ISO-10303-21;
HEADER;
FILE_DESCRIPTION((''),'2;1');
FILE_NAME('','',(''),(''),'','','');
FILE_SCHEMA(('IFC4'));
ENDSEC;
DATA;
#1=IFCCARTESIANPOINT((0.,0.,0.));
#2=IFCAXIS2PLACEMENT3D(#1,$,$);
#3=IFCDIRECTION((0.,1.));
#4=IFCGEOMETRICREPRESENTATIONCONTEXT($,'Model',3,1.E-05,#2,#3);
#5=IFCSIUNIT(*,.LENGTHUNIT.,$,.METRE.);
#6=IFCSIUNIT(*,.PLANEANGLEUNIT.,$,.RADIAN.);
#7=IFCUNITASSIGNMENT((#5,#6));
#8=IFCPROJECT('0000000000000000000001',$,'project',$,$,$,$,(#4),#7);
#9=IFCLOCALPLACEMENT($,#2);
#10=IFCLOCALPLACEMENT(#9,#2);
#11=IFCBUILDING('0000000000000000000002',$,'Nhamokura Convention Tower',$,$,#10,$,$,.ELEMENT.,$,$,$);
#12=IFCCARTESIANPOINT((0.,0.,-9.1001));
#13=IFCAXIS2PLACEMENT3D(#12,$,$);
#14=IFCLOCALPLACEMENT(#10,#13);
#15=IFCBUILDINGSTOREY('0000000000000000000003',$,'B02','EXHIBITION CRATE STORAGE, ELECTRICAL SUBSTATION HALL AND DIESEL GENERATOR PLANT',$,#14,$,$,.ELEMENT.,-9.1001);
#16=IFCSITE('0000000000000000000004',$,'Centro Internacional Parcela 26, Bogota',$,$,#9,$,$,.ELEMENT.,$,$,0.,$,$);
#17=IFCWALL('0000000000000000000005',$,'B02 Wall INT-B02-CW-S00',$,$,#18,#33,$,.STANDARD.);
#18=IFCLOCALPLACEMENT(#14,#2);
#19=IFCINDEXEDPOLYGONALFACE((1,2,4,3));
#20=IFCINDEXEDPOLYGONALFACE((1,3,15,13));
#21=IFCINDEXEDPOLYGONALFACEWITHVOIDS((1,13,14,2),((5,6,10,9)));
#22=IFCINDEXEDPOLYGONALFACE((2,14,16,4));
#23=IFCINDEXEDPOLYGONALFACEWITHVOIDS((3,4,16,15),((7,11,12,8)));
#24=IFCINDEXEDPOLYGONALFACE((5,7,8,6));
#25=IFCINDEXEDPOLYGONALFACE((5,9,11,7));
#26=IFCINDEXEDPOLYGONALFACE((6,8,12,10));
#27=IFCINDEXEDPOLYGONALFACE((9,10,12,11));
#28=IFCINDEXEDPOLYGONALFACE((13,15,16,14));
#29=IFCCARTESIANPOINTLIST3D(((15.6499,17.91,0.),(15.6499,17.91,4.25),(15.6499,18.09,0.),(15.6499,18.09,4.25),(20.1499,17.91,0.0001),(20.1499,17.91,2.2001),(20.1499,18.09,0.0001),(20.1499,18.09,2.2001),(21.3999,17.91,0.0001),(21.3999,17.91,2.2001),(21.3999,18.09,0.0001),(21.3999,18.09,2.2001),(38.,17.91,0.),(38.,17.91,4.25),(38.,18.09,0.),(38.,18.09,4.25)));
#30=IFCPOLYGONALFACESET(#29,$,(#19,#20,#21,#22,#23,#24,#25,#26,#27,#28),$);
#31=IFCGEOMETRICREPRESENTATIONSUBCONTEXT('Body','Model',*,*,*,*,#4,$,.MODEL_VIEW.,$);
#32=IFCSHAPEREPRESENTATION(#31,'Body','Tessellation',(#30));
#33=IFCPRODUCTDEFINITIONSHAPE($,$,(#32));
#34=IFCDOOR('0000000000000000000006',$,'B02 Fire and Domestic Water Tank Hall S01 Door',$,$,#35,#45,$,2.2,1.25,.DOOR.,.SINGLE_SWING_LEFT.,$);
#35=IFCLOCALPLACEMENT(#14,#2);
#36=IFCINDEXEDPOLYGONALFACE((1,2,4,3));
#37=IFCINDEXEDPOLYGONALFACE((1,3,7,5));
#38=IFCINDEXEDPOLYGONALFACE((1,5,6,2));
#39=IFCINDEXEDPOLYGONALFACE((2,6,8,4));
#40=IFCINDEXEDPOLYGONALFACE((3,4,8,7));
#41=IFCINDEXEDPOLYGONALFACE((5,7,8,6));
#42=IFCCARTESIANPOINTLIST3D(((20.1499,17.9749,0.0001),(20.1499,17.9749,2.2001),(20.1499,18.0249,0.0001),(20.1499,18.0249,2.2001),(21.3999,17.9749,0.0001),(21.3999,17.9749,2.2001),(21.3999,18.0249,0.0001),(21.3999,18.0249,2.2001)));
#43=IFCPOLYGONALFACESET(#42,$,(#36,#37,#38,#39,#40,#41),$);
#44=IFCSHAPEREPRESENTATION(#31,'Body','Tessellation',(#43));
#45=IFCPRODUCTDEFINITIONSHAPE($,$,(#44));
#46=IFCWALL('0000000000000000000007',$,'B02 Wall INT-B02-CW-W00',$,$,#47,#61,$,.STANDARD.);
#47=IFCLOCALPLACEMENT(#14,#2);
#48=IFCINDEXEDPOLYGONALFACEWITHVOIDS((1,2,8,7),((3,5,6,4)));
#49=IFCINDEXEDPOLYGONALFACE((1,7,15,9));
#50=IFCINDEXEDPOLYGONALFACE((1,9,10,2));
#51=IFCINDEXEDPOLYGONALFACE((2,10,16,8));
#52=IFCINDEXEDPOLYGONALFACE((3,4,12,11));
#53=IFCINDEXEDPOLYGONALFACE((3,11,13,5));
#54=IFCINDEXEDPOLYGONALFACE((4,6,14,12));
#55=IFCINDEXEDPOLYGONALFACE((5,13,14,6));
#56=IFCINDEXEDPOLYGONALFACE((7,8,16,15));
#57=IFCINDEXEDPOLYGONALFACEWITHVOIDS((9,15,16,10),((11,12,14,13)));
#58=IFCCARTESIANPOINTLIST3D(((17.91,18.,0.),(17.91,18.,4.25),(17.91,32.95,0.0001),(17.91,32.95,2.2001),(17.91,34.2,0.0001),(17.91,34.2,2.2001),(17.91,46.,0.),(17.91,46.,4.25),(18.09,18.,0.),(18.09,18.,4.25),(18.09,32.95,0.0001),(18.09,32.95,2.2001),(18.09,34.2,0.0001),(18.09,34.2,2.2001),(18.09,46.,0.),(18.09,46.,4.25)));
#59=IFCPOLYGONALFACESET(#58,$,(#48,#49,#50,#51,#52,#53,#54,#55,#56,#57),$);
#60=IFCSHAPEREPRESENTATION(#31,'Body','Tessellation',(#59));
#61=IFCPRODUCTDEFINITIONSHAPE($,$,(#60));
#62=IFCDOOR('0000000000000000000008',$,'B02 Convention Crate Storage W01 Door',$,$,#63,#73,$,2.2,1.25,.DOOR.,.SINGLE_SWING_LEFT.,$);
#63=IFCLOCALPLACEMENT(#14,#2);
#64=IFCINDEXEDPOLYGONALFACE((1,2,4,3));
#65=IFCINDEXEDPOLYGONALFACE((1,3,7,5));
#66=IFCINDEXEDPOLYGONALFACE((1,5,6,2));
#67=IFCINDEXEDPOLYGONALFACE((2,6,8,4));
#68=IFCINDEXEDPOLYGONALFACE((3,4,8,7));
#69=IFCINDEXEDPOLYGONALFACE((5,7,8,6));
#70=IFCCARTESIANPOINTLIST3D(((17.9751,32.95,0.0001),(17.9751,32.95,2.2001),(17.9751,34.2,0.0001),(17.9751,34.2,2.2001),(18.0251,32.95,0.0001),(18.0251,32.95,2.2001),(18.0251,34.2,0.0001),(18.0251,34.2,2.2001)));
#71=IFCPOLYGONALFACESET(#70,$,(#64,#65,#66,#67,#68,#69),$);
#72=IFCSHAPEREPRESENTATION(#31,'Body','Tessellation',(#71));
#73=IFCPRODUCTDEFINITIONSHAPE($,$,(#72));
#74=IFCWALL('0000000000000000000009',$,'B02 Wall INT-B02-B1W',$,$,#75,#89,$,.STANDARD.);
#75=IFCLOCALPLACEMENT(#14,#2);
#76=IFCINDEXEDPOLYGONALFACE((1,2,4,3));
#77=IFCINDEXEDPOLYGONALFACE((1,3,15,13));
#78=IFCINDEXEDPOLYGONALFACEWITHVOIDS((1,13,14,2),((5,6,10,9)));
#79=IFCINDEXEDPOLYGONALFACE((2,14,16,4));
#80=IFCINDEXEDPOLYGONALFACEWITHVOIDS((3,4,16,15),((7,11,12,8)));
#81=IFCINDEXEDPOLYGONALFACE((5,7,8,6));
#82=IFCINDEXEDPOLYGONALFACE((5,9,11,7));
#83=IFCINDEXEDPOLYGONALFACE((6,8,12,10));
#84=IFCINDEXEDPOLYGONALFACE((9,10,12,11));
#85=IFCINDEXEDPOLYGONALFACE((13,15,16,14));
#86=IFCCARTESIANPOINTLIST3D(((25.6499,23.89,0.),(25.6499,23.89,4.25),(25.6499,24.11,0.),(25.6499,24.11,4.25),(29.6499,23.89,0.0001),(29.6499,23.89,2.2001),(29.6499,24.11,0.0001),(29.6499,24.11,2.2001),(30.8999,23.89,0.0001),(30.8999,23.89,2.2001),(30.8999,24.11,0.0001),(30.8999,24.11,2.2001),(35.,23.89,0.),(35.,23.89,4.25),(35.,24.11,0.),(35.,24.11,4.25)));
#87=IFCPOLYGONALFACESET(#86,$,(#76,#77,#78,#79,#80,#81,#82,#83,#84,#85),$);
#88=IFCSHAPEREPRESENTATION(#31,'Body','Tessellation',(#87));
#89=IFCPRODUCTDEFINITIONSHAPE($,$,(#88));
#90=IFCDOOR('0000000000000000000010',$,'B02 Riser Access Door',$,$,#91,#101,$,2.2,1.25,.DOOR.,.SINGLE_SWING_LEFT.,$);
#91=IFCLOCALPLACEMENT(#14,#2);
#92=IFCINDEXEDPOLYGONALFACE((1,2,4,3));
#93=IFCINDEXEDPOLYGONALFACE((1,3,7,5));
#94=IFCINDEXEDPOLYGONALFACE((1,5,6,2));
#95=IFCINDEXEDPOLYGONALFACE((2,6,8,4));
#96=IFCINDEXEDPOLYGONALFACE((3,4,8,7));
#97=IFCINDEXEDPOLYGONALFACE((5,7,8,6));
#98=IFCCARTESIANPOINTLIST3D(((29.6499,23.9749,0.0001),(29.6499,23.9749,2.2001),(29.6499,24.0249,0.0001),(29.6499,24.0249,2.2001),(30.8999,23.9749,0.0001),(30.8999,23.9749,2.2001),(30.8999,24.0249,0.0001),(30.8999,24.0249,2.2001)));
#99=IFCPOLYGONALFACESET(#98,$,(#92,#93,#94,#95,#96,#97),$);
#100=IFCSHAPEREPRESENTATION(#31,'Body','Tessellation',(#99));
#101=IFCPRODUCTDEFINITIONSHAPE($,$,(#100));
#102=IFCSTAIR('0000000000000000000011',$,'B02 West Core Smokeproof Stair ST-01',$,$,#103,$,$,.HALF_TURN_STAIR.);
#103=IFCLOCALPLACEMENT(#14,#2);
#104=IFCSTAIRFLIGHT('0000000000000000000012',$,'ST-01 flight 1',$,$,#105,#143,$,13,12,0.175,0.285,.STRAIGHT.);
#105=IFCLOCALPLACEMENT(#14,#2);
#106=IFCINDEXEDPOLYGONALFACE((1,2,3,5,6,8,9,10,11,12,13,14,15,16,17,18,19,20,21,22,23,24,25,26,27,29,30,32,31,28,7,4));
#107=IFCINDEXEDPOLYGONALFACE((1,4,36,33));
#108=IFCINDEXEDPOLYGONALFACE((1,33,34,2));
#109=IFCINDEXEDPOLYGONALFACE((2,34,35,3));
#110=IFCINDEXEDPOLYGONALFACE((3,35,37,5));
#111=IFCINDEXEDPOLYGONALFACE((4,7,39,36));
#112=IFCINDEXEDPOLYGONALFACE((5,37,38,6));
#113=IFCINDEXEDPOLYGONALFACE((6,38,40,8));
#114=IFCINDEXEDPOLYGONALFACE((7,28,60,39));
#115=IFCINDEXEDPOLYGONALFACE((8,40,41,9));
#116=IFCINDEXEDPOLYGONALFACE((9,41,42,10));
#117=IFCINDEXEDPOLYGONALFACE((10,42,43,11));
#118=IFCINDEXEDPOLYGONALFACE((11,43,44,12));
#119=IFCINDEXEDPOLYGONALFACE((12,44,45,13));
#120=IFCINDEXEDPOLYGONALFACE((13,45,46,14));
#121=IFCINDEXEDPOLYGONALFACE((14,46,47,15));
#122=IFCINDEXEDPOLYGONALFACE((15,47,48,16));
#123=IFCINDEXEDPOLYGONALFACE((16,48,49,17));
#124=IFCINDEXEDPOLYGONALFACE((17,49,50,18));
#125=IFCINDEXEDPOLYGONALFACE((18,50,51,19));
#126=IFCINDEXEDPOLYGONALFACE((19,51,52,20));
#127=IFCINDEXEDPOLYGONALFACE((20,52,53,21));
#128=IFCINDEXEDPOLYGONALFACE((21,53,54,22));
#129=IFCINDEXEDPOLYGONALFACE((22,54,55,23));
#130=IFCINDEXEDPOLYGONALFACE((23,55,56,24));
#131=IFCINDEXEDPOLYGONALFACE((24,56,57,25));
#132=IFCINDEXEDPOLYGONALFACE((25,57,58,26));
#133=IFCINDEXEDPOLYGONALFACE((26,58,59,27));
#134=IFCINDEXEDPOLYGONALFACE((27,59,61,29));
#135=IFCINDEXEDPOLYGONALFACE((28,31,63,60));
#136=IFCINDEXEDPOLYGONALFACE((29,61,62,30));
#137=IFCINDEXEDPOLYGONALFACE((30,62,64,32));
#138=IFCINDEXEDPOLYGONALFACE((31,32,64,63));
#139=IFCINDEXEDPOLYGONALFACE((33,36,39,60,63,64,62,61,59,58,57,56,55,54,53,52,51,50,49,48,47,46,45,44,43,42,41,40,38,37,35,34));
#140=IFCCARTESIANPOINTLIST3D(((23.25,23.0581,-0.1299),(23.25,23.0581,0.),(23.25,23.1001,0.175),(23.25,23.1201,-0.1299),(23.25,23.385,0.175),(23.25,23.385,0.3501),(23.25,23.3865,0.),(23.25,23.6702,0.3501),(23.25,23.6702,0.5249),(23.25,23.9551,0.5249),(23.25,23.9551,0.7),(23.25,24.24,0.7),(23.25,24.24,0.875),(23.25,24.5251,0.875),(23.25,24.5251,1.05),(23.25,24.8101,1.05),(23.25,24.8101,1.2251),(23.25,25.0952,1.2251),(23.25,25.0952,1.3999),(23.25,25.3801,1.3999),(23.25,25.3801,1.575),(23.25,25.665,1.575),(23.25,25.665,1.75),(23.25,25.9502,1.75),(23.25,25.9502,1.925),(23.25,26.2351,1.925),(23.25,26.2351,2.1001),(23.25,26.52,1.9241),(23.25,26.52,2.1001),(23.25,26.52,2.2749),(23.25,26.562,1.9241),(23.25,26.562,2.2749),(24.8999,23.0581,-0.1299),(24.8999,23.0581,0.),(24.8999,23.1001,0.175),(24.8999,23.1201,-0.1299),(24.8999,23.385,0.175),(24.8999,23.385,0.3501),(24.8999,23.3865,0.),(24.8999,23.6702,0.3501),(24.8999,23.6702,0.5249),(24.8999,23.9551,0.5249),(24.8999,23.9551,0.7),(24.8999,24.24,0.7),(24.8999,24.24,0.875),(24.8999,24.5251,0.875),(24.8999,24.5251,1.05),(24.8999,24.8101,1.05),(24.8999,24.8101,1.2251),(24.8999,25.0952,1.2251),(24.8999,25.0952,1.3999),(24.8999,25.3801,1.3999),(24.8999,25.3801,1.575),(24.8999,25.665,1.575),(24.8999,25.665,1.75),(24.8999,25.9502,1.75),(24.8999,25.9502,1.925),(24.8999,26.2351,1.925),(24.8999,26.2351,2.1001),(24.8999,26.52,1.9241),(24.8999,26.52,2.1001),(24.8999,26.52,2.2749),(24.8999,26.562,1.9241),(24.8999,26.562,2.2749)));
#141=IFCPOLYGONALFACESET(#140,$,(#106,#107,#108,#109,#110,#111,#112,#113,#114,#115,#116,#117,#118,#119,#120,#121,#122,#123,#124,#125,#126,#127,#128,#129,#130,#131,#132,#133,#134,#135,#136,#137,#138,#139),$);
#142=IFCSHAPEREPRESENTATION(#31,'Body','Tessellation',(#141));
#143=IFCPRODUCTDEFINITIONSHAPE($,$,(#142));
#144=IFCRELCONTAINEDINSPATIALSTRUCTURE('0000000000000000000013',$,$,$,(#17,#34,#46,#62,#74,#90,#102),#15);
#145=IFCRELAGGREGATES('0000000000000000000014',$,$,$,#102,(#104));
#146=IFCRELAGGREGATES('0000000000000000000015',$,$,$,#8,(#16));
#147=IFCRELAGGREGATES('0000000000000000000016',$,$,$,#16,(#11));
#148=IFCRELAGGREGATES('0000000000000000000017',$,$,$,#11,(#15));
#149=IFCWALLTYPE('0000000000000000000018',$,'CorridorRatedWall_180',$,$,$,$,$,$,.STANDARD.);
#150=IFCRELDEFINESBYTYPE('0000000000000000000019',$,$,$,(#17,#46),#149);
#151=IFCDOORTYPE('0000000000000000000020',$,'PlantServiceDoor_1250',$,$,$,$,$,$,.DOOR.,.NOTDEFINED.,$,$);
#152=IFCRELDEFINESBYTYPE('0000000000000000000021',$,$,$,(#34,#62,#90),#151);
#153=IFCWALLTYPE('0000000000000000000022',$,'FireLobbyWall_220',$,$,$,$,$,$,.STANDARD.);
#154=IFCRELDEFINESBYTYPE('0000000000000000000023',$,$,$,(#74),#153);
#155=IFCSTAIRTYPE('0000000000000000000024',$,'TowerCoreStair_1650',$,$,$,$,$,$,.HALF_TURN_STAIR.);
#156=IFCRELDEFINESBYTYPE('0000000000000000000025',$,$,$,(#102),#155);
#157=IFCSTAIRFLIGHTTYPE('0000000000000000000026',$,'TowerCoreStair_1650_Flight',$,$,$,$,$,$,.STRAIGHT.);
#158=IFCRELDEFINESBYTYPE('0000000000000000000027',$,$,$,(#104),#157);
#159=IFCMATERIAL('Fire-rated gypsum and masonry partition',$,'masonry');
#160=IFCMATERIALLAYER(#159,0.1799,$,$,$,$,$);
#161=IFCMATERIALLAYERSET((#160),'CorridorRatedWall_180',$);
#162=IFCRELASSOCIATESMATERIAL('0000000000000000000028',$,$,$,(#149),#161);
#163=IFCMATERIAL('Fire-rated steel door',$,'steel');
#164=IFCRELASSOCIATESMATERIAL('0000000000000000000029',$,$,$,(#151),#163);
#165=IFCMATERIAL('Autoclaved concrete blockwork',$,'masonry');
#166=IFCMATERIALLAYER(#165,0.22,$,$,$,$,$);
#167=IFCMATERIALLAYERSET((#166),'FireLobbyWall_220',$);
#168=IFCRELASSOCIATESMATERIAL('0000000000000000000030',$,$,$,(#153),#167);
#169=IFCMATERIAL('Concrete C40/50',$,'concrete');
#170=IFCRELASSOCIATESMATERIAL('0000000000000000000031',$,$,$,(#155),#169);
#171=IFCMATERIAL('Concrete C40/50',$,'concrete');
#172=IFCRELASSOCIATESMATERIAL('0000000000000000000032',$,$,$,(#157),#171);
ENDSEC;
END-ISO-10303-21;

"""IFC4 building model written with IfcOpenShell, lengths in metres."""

from ifc_helpers import new_model, si_unit, direction, frame, frame_2d, origin, place, context, subcontext, project, spatial, polyline, rectangle, outline, extrude, material, layer, layer_set, type_object, element, fill, aggregate, save


model = new_model("IFC4")

# Units and contexts
model_context = context("Model", 3, precision=1e-05, world=origin(), true_north=direction((0.0, 1.0)))
body_context = subcontext(model_context, "Body", "Model", "MODEL_VIEW")
ifc_project = project(units=[si_unit("LENGTHUNIT", "METRE"), si_unit("PLANEANGLEUNIT", "RADIAN")], contexts=[model_context])

# Site, building, storey
site_placement = place(None, origin())
site = spatial("IfcSite", under=ifc_project, at=site_placement, Name="Centro Internacional Parcela 26, Bogota", CompositionType="ELEMENT", RefElevation=0.0)
building_placement = place(site_placement, origin())
building = spatial("IfcBuilding", under=site, at=building_placement, Name="Nhamokura Convention Tower", CompositionType="ELEMENT")
storey_placement = place(building_placement, frame((0.0, 0.0, -9.1001)))
storey = spatial("IfcBuildingStorey", under=building, at=storey_placement, Name="B02", Description="EXHIBITION CRATE STORAGE, ELECTRICAL SUBSTATION HALL AND DIESEL GENERATOR PLANT", CompositionType="ELEMENT", Elevation=-9.1001)

# Walls, openings, doors
ifc_material_1 = material(Name="Fire-rated gypsum and masonry partition", Category="masonry")
ifc_layer_1 = layer(ifc_material_1, 0.1799)
ifc_layer_set_1 = layer_set([ifc_layer_1], Name="CorridorRatedWall_180")
wall_type_1 = type_object("IfcWallType", Name="CorridorRatedWall_180", PredefinedType="STANDARD", material=ifc_layer_set_1)
wall_1_placement = place(storey_placement, frame((15.6499, 18.0, 0.0), z_axis=(0.0, 0.0, 1.0), x_axis=(1.0, 0.0, 0.0)))
wall_1 = element("IfcWall", 1, at=wall_1_placement, inside=storey, type_object=wall_type_1, Name="B02 Wall INT-B02-CW-S00", PredefinedType="STANDARD", context=body_context, shape_type="SweptSolid", body=[
    extrude(rectangle(XDim=22.3501, YDim=0.1799, at=frame_2d((11.175, 0.0))), origin(), (0.0, 0.0, 1.0), 4.25),
])
opening_1_placement = place(wall_1_placement, frame((4.5, 0.0, 0.0)))
opening_1 = element("IfcOpeningElement", 2, at=opening_1_placement, cuts=wall_1, PredefinedType="OPENING", context=body_context, shape_type="SweptSolid", body=[
    extrude(rectangle(XDim=1.25, YDim=2.2, at=frame_2d((0.625, 1.1001))), frame((0.0, 0.0999, 0.0), z_axis=(0.0, -1.0, 0.0), x_axis=(1.0, 0.0, 0.0)), (0.0, 0.0, 1.0), 0.2),
])
ifc_material_2 = material(Name="Fire-rated steel door", Category="steel")
door_type_1 = type_object("IfcDoorType", Name="PlantServiceDoor_1250", OperationType="NOTDEFINED", PredefinedType="DOOR", material=ifc_material_2)
door_1_placement = place(opening_1_placement, origin())
door_1 = element("IfcDoor", 3, at=door_1_placement, inside=storey, type_object=door_type_1, Name="B02 Fire and Domestic Water Tank Hall S01 Door", OperationType="SINGLE_SWING_LEFT", OverallHeight=2.2, OverallWidth=1.25, PredefinedType="DOOR", context=body_context, shape_type="SweptSolid", body=[
    extrude(rectangle(XDim=1.25, YDim=2.2, at=frame_2d((0.625, 1.1001))), frame((0.0, 0.0249, 0.0), z_axis=(0.0, -1.0, 0.0), x_axis=(1.0, 0.0, 0.0)), (0.0, 0.0, 1.0), 0.05),
])
fill(opening_1, door_1)
wall_2_placement = place(storey_placement, frame((18.0, 18.0, 0.0), z_axis=(0.0, 0.0, 1.0), x_axis=(0.0, 1.0, 0.0)))
wall_2 = element("IfcWall", 4, at=wall_2_placement, inside=storey, type_object=wall_type_1, Name="B02 Wall INT-B02-CW-W00", PredefinedType="STANDARD", context=body_context, shape_type="SweptSolid", body=[
    extrude(rectangle(XDim=28.0, YDim=0.1799, at=frame_2d((14.0, 0.0))), origin(), (0.0, 0.0, 1.0), 4.25),
])
opening_2_placement = place(wall_2_placement, frame((14.95, 0.0, 0.0)))
opening_2 = element("IfcOpeningElement", 5, at=opening_2_placement, cuts=wall_2, PredefinedType="OPENING", context=body_context, shape_type="SweptSolid", body=[
    extrude(rectangle(XDim=1.25, YDim=2.2, at=frame_2d((0.625, 1.1001))), frame((0.0, 0.0999, 0.0), z_axis=(0.0, -1.0, 0.0), x_axis=(1.0, 0.0, 0.0)), (0.0, 0.0, 1.0), 0.2),
])
door_2_placement = place(opening_2_placement, origin())
door_2 = element("IfcDoor", 6, at=door_2_placement, inside=storey, type_object=door_type_1, Name="B02 Convention Crate Storage W01 Door", OperationType="SINGLE_SWING_LEFT", OverallHeight=2.2, OverallWidth=1.25, PredefinedType="DOOR", context=body_context, shape_type="SweptSolid", body=[
    extrude(rectangle(XDim=1.25, YDim=2.2, at=frame_2d((0.625, 1.1001))), frame((0.0, 0.0249, 0.0), z_axis=(0.0, -1.0, 0.0), x_axis=(1.0, 0.0, 0.0)), (0.0, 0.0, 1.0), 0.05),
])
fill(opening_2, door_2)
ifc_material_3 = material(Name="Autoclaved concrete blockwork", Category="masonry")
ifc_layer_2 = layer(ifc_material_3, 0.22)
ifc_layer_set_2 = layer_set([ifc_layer_2], Name="FireLobbyWall_220")
wall_type_2 = type_object("IfcWallType", Name="FireLobbyWall_220", PredefinedType="STANDARD", material=ifc_layer_set_2)
wall_3_placement = place(storey_placement, frame((25.6499, 24.0, 0.0), z_axis=(0.0, 0.0, 1.0), x_axis=(1.0, 0.0, 0.0)))
wall_3 = element("IfcWall", 7, at=wall_3_placement, inside=storey, type_object=wall_type_2, Name="B02 Wall INT-B02-B1W", PredefinedType="STANDARD", context=body_context, shape_type="SweptSolid", body=[
    extrude(rectangle(XDim=9.3501, YDim=0.22, at=frame_2d((4.675, 0.0))), origin(), (0.0, 0.0, 1.0), 4.25),
])
opening_3_placement = place(wall_3_placement, frame((4.0, 0.0, 0.0)))
opening_3 = element("IfcOpeningElement", 8, at=opening_3_placement, cuts=wall_3, PredefinedType="OPENING", context=body_context, shape_type="SweptSolid", body=[
    extrude(rectangle(XDim=1.25, YDim=2.2, at=frame_2d((0.625, 1.1001))), frame((0.0, 0.1199, 0.0), z_axis=(0.0, -1.0, 0.0), x_axis=(1.0, 0.0, 0.0)), (0.0, 0.0, 1.0), 0.24),
])
door_3_placement = place(opening_3_placement, origin())
door_3 = element("IfcDoor", 9, at=door_3_placement, inside=storey, type_object=door_type_1, Name="B02 Riser Access Door", OperationType="SINGLE_SWING_LEFT", OverallHeight=2.2, OverallWidth=1.25, PredefinedType="DOOR", context=body_context, shape_type="SweptSolid", body=[
    extrude(rectangle(XDim=1.25, YDim=2.2, at=frame_2d((0.625, 1.1001))), frame((0.0, 0.0249, 0.0), z_axis=(0.0, -1.0, 0.0), x_axis=(1.0, 0.0, 0.0)), (0.0, 0.0, 1.0), 0.05),
])
fill(opening_3, door_3)

# Stair, stair flight
ifc_material_4 = material(Name="Concrete C40/50", Category="concrete")
stair_type = type_object("IfcStairType", Name="TowerCoreStair_1650", PredefinedType="HALF_TURN_STAIR", material=ifc_material_4)
stair_placement = place(storey_placement, origin())
stair = element("IfcStair", 10, at=stair_placement, inside=storey, type_object=stair_type, Name="B02 West Core Smokeproof Stair ST-01", PredefinedType="HALF_TURN_STAIR")
ifc_material_5 = material(Name="Concrete C40/50", Category="concrete")
stair_flight_type = type_object("IfcStairFlightType", Name="TowerCoreStair_1650_Flight", PredefinedType="STRAIGHT", material=ifc_material_5)
stair_flight_1_placement = place(storey_placement, frame((24.075, 23.1001, 0.0), z_axis=(0.0, 0.0, 1.0), x_axis=(0.0, 1.0, 0.0)))
stair_flight_1 = element("IfcStairFlight", 11, at=stair_flight_1_placement, type_object=stair_flight_type, Name="ST-01 flight 1", NumberOfRisers=13, NumberOfTreads=12, PredefinedType="STRAIGHT", RiserHeight=0.175, TreadLength=0.285, context=body_context, shape_type="SweptSolid", body=[
    extrude(outline(polyline([(-0.042, 0.0), (0.0, 0.175), (0.2849, 0.175), (0.2849, 0.3501), (0.5701, 0.3501), (0.5701, 0.5249), (0.855, 0.5249), (0.855, 0.7), (1.1399, 0.7), (1.1399, 0.875), (1.425, 0.875), (1.425, 1.05), (1.71, 1.05), (1.71, 1.2251), (1.9951, 1.2251), (1.9951, 1.3999), (2.28, 1.3999), (2.28, 1.575), (2.5649, 1.575), (2.5649, 1.75), (2.8501, 1.75), (2.8501, 1.925), (3.135, 1.925), (3.135, 2.1001), (3.4199, 2.1001), (3.4199, 2.2749), (3.4619, 2.2749), (3.4619, 1.9241), (3.4199, 1.9241), (0.2864, 0.0), (0.02, -0.1299), (-0.042, -0.1299), (-0.042, 0.0)])), frame((0.0, 0.825, 0.0), z_axis=(0.0, -1.0, 0.0), x_axis=(1.0, 0.0, 0.0)), (0.0, 0.0, 1.0), 1.6499),
])
aggregate(stair, [stair_flight_1])

save(model, "model.ifc")
